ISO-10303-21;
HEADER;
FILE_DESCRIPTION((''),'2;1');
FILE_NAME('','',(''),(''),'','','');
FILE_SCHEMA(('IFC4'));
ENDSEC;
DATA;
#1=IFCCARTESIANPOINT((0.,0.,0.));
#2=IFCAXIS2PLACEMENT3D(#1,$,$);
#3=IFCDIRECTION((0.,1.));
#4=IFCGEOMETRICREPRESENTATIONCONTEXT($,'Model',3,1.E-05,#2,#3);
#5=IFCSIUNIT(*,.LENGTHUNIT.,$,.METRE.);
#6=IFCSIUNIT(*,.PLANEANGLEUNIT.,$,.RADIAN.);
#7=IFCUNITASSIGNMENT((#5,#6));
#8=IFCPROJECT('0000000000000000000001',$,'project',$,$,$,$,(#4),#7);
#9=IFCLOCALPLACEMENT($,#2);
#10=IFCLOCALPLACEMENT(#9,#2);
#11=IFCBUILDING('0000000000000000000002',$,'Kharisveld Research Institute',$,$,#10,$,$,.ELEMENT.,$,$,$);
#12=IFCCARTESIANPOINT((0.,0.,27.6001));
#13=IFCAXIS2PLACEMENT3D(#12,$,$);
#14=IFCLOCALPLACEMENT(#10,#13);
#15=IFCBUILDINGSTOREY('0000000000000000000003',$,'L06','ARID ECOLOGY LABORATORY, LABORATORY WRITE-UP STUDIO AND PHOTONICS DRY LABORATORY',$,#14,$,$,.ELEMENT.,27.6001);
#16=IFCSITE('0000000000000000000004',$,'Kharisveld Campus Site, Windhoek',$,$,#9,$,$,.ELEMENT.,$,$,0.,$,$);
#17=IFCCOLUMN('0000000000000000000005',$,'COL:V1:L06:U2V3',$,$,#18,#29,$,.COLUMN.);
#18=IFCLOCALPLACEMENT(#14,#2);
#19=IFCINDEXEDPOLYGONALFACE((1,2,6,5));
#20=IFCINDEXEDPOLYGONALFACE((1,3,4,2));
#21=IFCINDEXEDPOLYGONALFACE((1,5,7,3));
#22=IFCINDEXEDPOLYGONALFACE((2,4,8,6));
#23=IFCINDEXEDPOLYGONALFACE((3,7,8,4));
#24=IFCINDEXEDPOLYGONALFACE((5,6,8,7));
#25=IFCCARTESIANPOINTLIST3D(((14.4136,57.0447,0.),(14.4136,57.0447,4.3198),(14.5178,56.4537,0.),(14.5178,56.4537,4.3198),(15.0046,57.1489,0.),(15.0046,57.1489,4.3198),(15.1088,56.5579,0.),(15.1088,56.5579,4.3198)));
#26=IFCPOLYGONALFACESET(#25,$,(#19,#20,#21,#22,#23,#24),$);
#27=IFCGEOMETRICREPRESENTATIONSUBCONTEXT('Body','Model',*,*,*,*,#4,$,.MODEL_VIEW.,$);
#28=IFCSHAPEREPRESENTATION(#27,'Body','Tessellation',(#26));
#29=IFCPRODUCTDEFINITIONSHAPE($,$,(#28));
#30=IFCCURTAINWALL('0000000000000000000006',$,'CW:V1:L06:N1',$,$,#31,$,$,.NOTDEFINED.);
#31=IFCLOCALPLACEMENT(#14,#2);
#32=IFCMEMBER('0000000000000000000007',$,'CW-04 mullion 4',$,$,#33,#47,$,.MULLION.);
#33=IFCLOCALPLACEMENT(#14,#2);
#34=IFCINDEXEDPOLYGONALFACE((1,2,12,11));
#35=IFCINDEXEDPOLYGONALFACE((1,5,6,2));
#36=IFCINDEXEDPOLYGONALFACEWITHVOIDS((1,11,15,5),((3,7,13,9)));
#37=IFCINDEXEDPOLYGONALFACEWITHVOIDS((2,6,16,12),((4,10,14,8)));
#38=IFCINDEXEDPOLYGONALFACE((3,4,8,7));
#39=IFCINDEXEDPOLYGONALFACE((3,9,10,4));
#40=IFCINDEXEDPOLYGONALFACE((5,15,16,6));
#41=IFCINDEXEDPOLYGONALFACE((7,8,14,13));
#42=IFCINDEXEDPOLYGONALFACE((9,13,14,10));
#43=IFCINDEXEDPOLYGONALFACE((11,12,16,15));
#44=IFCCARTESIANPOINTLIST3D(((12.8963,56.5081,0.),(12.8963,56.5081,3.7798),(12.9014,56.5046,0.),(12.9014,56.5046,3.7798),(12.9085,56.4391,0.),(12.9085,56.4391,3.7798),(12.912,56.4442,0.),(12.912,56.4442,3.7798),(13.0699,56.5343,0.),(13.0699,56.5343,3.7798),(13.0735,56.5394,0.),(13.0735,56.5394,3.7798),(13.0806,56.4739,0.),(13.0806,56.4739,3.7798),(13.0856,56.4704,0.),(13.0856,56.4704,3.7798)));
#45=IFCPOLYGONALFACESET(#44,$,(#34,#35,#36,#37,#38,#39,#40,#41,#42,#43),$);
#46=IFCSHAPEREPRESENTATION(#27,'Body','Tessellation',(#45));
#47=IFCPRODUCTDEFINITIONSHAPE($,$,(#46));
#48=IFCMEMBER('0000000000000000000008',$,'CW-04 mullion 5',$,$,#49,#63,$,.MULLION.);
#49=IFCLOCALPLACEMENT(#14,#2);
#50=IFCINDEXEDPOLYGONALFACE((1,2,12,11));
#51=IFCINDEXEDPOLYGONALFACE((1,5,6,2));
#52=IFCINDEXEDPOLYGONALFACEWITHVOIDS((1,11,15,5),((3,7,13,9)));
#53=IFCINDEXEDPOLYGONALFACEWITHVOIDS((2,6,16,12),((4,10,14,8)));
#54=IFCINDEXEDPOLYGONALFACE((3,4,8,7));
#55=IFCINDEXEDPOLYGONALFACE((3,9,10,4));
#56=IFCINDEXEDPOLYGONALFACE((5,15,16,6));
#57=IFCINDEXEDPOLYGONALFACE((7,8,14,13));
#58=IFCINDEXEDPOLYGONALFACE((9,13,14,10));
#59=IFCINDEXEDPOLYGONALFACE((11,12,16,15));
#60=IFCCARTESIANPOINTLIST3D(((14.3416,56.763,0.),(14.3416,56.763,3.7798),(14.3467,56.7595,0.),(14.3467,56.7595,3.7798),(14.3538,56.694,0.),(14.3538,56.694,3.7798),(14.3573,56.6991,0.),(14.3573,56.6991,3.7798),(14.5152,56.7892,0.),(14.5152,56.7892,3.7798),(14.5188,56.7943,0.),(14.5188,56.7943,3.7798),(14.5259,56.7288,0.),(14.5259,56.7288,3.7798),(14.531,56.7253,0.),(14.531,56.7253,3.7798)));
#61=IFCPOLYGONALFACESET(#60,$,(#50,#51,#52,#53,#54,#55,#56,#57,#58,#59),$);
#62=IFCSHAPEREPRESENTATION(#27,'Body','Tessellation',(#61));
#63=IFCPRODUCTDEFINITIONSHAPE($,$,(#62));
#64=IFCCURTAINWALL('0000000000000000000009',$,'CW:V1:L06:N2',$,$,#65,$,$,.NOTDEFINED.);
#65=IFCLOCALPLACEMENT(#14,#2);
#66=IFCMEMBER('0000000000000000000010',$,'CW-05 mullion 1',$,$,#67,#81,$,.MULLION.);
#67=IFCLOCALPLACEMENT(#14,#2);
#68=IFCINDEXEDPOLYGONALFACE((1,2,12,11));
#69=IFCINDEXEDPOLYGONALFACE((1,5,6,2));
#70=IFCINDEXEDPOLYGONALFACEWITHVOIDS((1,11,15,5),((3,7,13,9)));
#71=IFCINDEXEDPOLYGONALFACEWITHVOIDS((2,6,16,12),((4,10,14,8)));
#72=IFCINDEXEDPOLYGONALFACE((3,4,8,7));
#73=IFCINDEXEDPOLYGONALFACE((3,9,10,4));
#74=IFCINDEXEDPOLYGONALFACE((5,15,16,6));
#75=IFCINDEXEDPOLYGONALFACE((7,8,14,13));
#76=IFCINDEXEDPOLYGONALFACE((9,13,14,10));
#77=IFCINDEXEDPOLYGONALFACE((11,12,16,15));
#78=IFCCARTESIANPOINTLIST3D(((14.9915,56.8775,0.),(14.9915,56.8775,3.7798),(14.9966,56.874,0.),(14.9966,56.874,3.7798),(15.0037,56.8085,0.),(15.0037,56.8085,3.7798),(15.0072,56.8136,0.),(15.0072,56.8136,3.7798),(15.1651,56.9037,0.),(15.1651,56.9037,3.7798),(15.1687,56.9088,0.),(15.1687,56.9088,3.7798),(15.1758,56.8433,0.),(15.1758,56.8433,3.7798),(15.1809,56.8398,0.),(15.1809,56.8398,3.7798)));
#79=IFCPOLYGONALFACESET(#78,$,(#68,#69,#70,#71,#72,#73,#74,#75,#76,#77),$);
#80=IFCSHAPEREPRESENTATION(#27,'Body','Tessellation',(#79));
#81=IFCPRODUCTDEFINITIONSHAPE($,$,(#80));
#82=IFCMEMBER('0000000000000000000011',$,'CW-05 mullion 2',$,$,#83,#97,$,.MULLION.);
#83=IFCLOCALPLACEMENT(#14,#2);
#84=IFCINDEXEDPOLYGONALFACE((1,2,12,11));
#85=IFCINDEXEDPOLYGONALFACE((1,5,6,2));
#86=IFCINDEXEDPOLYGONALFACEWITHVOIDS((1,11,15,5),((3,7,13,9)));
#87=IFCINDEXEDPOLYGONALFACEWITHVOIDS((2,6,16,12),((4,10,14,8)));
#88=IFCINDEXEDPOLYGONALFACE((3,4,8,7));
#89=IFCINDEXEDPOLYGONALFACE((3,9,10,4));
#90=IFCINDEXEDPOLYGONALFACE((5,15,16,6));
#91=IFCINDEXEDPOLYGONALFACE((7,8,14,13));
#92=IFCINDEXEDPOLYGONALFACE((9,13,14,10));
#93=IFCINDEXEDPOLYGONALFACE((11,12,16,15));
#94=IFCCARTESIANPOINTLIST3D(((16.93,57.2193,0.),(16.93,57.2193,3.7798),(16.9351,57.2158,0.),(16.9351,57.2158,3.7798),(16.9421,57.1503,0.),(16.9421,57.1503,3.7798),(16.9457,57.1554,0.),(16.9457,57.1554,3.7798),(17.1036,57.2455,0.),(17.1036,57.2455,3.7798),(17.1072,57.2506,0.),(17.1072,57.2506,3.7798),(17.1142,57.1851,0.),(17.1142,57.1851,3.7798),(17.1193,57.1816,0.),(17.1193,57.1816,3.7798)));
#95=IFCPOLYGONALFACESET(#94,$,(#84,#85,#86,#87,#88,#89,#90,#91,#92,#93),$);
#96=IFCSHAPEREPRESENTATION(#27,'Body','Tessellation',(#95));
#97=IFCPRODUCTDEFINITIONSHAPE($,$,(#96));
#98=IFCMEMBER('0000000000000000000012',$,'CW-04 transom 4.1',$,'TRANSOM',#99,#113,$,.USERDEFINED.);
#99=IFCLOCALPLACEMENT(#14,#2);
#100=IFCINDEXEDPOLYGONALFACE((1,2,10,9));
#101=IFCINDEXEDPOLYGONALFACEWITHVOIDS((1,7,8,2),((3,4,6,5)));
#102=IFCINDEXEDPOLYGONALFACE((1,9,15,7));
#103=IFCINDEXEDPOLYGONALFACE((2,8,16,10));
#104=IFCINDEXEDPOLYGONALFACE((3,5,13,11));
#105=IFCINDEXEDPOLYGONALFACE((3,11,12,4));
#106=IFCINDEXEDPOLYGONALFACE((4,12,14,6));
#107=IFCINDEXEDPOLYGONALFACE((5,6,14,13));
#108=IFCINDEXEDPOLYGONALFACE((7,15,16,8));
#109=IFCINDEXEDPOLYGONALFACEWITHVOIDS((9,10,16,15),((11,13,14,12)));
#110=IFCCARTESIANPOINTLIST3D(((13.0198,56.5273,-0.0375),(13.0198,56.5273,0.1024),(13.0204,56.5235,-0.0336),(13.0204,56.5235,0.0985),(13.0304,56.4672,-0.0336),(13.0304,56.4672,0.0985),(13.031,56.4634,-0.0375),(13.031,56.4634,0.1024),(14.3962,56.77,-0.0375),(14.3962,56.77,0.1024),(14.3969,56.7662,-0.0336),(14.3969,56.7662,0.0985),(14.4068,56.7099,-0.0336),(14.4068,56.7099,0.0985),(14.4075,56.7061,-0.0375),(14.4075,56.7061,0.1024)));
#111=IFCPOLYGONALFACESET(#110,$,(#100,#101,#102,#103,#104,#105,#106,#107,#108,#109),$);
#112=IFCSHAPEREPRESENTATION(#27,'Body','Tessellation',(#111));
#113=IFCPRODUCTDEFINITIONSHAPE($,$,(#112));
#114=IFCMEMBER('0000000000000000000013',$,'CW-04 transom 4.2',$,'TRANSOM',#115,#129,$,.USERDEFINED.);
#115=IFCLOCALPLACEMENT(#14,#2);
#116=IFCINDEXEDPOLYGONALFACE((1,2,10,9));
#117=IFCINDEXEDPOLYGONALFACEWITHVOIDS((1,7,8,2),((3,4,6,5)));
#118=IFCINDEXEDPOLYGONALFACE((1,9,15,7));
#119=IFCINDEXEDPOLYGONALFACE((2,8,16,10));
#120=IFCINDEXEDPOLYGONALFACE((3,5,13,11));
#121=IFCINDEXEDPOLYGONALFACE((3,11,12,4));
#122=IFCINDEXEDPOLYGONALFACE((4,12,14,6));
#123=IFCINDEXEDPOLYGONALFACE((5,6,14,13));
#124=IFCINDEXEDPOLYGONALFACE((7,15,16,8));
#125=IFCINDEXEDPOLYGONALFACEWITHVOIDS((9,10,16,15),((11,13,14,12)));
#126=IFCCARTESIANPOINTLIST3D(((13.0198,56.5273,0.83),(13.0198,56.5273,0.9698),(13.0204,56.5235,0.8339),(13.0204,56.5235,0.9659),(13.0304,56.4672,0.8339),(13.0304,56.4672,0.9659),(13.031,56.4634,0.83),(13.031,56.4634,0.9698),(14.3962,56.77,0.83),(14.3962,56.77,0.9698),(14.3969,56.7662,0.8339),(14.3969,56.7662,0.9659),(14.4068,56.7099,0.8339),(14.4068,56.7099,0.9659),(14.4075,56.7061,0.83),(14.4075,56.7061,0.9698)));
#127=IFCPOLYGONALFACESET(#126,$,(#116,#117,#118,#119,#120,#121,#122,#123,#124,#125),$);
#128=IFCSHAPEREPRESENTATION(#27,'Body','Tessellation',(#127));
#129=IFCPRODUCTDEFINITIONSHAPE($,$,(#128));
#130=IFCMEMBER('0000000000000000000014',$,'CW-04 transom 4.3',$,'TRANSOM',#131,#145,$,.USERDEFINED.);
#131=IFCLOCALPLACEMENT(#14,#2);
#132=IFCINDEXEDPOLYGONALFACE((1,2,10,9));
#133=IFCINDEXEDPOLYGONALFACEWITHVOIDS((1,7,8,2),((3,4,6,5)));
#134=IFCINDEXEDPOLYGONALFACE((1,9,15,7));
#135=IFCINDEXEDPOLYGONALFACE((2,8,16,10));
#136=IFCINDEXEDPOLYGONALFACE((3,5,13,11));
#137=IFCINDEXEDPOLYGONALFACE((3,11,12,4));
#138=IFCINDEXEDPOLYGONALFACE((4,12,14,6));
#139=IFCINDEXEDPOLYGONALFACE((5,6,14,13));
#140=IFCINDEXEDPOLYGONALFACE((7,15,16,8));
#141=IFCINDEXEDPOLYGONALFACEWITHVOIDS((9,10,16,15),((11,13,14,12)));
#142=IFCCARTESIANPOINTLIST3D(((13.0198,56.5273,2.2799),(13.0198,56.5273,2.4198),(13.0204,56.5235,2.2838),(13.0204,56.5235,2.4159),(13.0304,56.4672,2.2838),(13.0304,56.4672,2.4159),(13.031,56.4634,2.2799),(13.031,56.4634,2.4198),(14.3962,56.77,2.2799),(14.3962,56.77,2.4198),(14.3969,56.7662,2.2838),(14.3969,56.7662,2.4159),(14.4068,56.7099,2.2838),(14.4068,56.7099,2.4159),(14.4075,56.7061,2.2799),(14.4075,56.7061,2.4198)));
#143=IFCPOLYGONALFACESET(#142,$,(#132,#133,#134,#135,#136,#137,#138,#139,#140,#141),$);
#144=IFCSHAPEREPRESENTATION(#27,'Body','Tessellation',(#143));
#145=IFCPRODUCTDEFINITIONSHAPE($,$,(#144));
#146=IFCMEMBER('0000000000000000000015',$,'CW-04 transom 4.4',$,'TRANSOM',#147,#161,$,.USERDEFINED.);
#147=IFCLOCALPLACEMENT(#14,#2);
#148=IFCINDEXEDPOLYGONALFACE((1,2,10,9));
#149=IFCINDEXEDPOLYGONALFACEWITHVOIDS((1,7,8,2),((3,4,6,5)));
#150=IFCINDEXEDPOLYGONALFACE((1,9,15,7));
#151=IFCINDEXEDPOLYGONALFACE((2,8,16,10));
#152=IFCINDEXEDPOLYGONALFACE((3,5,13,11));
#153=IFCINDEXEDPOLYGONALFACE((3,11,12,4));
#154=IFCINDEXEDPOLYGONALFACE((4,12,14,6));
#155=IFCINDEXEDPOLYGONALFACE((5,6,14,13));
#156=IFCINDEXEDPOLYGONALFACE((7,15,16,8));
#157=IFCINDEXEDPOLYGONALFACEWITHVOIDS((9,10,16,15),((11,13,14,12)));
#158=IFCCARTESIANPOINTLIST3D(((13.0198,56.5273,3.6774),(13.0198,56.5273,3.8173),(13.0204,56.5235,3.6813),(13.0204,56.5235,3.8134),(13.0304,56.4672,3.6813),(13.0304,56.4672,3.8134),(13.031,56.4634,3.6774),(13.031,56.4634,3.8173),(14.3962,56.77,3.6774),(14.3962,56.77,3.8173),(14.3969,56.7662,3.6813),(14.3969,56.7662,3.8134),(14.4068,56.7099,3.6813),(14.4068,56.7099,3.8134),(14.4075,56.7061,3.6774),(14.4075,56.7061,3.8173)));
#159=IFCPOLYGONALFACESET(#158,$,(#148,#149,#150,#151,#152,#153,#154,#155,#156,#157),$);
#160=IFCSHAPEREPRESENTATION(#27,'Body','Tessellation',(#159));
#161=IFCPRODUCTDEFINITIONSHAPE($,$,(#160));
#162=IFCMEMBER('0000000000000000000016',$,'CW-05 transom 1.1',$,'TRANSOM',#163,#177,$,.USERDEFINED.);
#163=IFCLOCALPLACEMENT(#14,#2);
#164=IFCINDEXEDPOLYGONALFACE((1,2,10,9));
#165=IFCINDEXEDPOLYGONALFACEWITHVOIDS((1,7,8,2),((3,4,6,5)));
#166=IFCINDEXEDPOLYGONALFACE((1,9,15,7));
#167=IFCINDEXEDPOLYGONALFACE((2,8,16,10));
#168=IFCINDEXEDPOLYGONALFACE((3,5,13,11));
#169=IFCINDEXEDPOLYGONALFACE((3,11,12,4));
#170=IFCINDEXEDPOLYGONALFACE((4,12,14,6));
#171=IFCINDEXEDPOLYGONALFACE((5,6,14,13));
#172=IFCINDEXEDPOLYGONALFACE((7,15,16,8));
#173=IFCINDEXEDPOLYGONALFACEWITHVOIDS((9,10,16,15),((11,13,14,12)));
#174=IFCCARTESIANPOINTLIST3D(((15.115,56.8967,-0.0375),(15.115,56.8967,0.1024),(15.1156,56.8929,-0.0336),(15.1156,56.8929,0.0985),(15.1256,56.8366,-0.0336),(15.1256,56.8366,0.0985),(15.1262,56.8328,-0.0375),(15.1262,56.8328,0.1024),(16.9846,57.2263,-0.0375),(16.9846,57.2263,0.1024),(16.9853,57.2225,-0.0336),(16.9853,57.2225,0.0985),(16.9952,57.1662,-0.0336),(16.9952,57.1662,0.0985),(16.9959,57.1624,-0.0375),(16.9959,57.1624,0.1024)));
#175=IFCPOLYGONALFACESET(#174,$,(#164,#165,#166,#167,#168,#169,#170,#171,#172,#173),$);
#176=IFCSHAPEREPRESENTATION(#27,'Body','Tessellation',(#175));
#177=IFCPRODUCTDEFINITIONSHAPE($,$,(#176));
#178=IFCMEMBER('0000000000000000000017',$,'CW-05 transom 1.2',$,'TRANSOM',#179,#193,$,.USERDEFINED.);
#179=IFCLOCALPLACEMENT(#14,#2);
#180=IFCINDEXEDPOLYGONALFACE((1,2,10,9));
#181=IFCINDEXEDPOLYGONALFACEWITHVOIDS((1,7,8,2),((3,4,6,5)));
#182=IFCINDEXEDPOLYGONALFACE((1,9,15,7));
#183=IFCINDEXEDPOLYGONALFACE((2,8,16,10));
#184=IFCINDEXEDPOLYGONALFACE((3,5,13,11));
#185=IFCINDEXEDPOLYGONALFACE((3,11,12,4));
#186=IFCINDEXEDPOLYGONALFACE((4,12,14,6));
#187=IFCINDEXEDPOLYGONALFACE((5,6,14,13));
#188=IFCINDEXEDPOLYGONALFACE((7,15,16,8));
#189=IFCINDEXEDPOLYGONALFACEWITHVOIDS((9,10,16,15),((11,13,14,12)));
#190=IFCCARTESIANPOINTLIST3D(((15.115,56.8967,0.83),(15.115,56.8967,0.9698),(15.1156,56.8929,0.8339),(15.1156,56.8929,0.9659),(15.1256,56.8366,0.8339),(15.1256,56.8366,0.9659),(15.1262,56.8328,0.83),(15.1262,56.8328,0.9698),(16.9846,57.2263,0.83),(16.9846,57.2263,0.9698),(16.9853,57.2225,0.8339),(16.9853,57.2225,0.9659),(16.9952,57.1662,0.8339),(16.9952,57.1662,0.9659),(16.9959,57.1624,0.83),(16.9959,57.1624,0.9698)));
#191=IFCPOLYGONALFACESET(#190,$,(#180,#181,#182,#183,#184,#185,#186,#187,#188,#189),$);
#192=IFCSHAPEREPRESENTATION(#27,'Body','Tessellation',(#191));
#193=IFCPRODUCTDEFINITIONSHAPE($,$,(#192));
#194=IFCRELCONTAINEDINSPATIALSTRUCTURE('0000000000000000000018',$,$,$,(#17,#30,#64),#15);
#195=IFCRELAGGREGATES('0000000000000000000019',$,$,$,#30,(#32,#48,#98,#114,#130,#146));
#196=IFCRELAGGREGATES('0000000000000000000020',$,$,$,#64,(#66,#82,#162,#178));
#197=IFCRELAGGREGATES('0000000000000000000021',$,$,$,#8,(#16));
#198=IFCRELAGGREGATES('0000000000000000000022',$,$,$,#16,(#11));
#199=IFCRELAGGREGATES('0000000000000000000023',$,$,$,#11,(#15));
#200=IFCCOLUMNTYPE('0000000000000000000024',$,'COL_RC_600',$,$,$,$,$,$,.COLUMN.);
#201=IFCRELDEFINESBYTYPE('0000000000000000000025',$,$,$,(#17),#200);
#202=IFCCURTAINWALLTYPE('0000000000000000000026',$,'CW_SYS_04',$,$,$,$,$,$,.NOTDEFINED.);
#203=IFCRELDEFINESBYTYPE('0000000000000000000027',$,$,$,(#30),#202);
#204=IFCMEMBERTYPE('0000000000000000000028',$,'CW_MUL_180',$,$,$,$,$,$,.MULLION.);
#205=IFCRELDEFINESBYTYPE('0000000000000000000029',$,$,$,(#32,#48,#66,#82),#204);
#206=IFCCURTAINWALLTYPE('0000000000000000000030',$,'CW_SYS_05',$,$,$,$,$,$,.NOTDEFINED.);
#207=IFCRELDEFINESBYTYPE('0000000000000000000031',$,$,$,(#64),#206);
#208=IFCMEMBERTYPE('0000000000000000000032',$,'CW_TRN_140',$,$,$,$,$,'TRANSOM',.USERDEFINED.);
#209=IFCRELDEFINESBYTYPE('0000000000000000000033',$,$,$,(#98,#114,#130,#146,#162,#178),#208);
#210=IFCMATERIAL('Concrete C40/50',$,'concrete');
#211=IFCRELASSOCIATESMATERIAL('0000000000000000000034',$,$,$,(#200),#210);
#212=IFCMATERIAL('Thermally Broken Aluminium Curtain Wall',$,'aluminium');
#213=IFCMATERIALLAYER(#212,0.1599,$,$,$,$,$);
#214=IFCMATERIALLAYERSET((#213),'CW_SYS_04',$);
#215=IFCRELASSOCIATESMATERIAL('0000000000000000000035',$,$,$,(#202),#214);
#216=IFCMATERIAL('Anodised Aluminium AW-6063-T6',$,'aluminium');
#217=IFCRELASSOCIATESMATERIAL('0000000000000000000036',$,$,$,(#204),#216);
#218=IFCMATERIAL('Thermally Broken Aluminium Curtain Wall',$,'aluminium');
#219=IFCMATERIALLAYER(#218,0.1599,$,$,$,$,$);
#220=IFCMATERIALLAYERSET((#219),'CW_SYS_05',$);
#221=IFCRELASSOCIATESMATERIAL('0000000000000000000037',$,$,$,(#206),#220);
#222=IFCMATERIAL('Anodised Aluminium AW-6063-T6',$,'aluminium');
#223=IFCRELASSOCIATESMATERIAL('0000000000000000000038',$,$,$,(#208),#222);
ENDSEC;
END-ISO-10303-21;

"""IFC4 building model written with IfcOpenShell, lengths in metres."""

from ifc_helpers import new_model, si_unit, direction, frame, origin, origin_2d, place, context, subcontext, project, spatial, rectangle, hollow_rectangle, extrude, material, layer, layer_set, material_profile, profile_set, type_object, element, aggregate, save


model = new_model("IFC4")

# Units and contexts
model_context = context("Model", 3, precision=1e-05, world=origin(), true_north=direction((0.0, 1.0)))
body_context = subcontext(model_context, "Body", "Model", "MODEL_VIEW")
ifc_project = project(units=[si_unit("LENGTHUNIT", "METRE"), si_unit("PLANEANGLEUNIT", "RADIAN")], contexts=[model_context])

# Site, building, storey
site_placement = place(None, origin())
site = spatial("IfcSite", under=ifc_project, at=site_placement, Name="Kharisveld Campus Site, Windhoek", CompositionType="ELEMENT", RefElevation=0.0)
building_placement = place(site_placement, origin())
building = spatial("IfcBuilding", under=site, at=building_placement, Name="Kharisveld Research Institute", CompositionType="ELEMENT")
storey_placement = place(building_placement, frame((0.0, 0.0, 27.6001)))
storey = spatial("IfcBuildingStorey", under=building, at=storey_placement, Name="L06", Description="ARID ECOLOGY LABORATORY, LABORATORY WRITE-UP STUDIO AND PHOTONICS DRY LABORATORY", CompositionType="ELEMENT", Elevation=27.6001)

# Column
ifc_material_1 = material(Name="Concrete C40/50", Category="concrete")
ifc_material_profile_1 = material_profile(ifc_material_1, rectangle(XDim=0.6001, YDim=0.6001, at=origin_2d()))
ifc_profile_set_1 = profile_set([ifc_material_profile_1], Name="Concrete C40/50")
column_type = type_object("IfcColumnType", Name="COL_RC_600", PredefinedType="COLUMN", material=ifc_profile_set_1)
column_placement = place(storey_placement, frame((14.7612, 56.8013, 0.0), z_axis=(0.0, 0.0, 1.0), x_axis=(0.984808, 0.173648, 0.0)))
element("IfcColumn", 1, at=column_placement, inside=storey, type_object=column_type, Name="COL:V1:L06:U2V3", PredefinedType="COLUMN", context=body_context, shape_type="SweptSolid", body=[
    extrude(rectangle(XDim=0.6001, YDim=0.6001, at=origin_2d()), origin(), (0.0, 0.0, 1.0), 4.3198),
])

# Curtain walls, members
ifc_material_2 = material(Name="Thermally Broken Aluminium Curtain Wall", Category="aluminium")
ifc_layer_1 = layer(ifc_material_2, 0.1599)
ifc_layer_set_1 = layer_set([ifc_layer_1], Name="CW_SYS_04")
curtain_wall_type_1 = type_object("IfcCurtainWallType", Name="CW_SYS_04", PredefinedType="NOTDEFINED", material=ifc_layer_set_1)
curtain_wall_1_placement = place(storey_placement, origin())
curtain_wall_1 = element("IfcCurtainWall", 2, at=curtain_wall_1_placement, inside=storey, type_object=curtain_wall_type_1, Name="CW:V1:L06:N1", PredefinedType="NOTDEFINED")
ifc_material_3 = material(Name="Anodised Aluminium AW-6063-T6", Category="aluminium")
ifc_material_profile_2 = material_profile(ifc_material_3, hollow_rectangle(XDim=0.0701, YDim=0.1799, WallThickness=0.0044, at=origin_2d()))
ifc_profile_set_2 = profile_set([ifc_material_profile_2], Name="Anodised Aluminium AW-6063-T6")
member_type_1 = type_object("IfcMemberType", Name="CW_MUL_180", PredefinedType="MULLION", material=ifc_profile_set_2)
member_1_placement = place(storey_placement, frame((12.991, 56.4893, 0.0), z_axis=(0.0, 0.0, 1.0), x_axis=(-0.173648, 0.984808, 0.0)))
member_1 = element("IfcMember", 3, at=member_1_placement, type_object=member_type_1, Name="CW-04 mullion 4", PredefinedType="MULLION", context=body_context, shape_type="SweptSolid", body=[
    extrude(hollow_rectangle(XDim=0.0701, YDim=0.1799, WallThickness=0.0044, at=origin_2d()), origin(), (0.0, 0.0, 1.0), 3.7798),
])
member_2_placement = place(storey_placement, frame((14.4363, 56.7441, 0.0), z_axis=(0.0, 0.0, 1.0), x_axis=(-0.173648, 0.984808, 0.0)))
member_2 = element("IfcMember", 4, at=member_2_placement, type_object=member_type_1, Name="CW-04 mullion 5", PredefinedType="MULLION", context=body_context, shape_type="SweptSolid", body=[
    extrude(hollow_rectangle(XDim=0.0701, YDim=0.1799, WallThickness=0.0044, at=origin_2d()), origin(), (0.0, 0.0, 1.0), 3.7798),
])
ifc_material_4 = material(Name="Thermally Broken Aluminium Curtain Wall", Category="aluminium")
ifc_layer_2 = layer(ifc_material_4, 0.1599)
ifc_layer_set_2 = layer_set([ifc_layer_2], Name="CW_SYS_05")
curtain_wall_type_2 = type_object("IfcCurtainWallType", Name="CW_SYS_05", PredefinedType="NOTDEFINED", material=ifc_layer_set_2)
curtain_wall_2_placement = place(storey_placement, origin())
curtain_wall_2 = element("IfcCurtainWall", 5, at=curtain_wall_2_placement, inside=storey, type_object=curtain_wall_type_2, Name="CW:V1:L06:N2", PredefinedType="NOTDEFINED")
member_3_placement = place(storey_placement, frame((15.0862, 56.8586, 0.0), z_axis=(0.0, 0.0, 1.0), x_axis=(-0.173648, 0.984808, 0.0)))
member_3 = element("IfcMember", 6, at=member_3_placement, type_object=member_type_1, Name="CW-05 mullion 1", PredefinedType="MULLION", context=body_context, shape_type="SweptSolid", body=[
    extrude(hollow_rectangle(XDim=0.0701, YDim=0.1799, WallThickness=0.0044, at=origin_2d()), origin(), (0.0, 0.0, 1.0), 3.7798),
])
member_4_placement = place(storey_placement, frame((17.0247, 57.2004, 0.0), z_axis=(0.0, 0.0, 1.0), x_axis=(-0.173648, 0.984808, 0.0)))
member_4 = element("IfcMember", 7, at=member_4_placement, type_object=member_type_1, Name="CW-05 mullion 2", PredefinedType="MULLION", context=body_context, shape_type="SweptSolid", body=[
    extrude(hollow_rectangle(XDim=0.0701, YDim=0.1799, WallThickness=0.0044, at=origin_2d()), origin(), (0.0, 0.0, 1.0), 3.7798),
])

# Members
ifc_material_5 = material(Name="Anodised Aluminium AW-6063-T6", Category="aluminium")
ifc_material_profile_3 = material_profile(ifc_material_5, hollow_rectangle(XDim=0.0649, YDim=0.1399, WallThickness=0.0039, at=origin_2d()))
ifc_profile_set_3 = profile_set([ifc_material_profile_3], Name="Anodised Aluminium AW-6063-T6")
member_type_2 = type_object("IfcMemberType", Name="CW_TRN_140", ElementType="TRANSOM", PredefinedType="USERDEFINED", material=ifc_profile_set_3)
member_5_placement = place(storey_placement, frame((13.0254, 56.4954, 0.0325), z_axis=(0.984812, 0.173626, 0.0), x_axis=(-0.173626, 0.984812, 0.0)))
member_5 = element("IfcMember", 8, at=member_5_placement, type_object=member_type_2, Name="CW-04 transom 4.1", ObjectType="TRANSOM", PredefinedType="USERDEFINED", context=body_context, shape_type="SweptSolid", body=[
    extrude(hollow_rectangle(XDim=0.0649, YDim=0.1399, WallThickness=0.0039, at=origin_2d()), origin(), (0.0, 0.0, 1.0), 1.3977),
])
member_6_placement = place(storey_placement, frame((13.0254, 56.4954, 0.8999), z_axis=(0.984812, 0.173626, 0.0), x_axis=(-0.173626, 0.984812, 0.0)))
member_6 = element("IfcMember", 9, at=member_6_placement, type_object=member_type_2, Name="CW-04 transom 4.2", ObjectType="TRANSOM", PredefinedType="USERDEFINED", context=body_context, shape_type="SweptSolid", body=[
    extrude(hollow_rectangle(XDim=0.0649, YDim=0.1399, WallThickness=0.0039, at=origin_2d()), origin(), (0.0, 0.0, 1.0), 1.3977),
])
member_7_placement = place(storey_placement, frame((13.0254, 56.4954, 2.3499), z_axis=(0.984812, 0.173626, 0.0), x_axis=(-0.173626, 0.984812, 0.0)))
member_7 = element("IfcMember", 10, at=member_7_placement, type_object=member_type_2, Name="CW-04 transom 4.3", ObjectType="TRANSOM", PredefinedType="USERDEFINED", context=body_context, shape_type="SweptSolid", body=[
    extrude(hollow_rectangle(XDim=0.0649, YDim=0.1399, WallThickness=0.0039, at=origin_2d()), origin(), (0.0, 0.0, 1.0), 1.3977),
])
member_8_placement = place(storey_placement, frame((13.0254, 56.4954, 3.7473), z_axis=(0.984812, 0.173626, 0.0), x_axis=(-0.173626, 0.984812, 0.0)))
member_8 = element("IfcMember", 11, at=member_8_placement, type_object=member_type_2, Name="CW-04 transom 4.4", ObjectType="TRANSOM", PredefinedType="USERDEFINED", context=body_context, shape_type="SweptSolid", body=[
    extrude(hollow_rectangle(XDim=0.0649, YDim=0.1399, WallThickness=0.0039, at=origin_2d()), origin(), (0.0, 0.0, 1.0), 1.3977),
])
member_9_placement = place(storey_placement, frame((15.1206, 56.8647, 0.0325), z_axis=(0.984815, 0.173609, 0.0), x_axis=(-0.173609, 0.984815, 0.0)))
member_9 = element("IfcMember", 12, at=member_9_placement, type_object=member_type_2, Name="CW-05 transom 1.1", ObjectType="TRANSOM", PredefinedType="USERDEFINED", context=body_context, shape_type="SweptSolid", body=[
    extrude(hollow_rectangle(XDim=0.0649, YDim=0.1399, WallThickness=0.0039, at=origin_2d()), origin(), (0.0, 0.0, 1.0), 1.8984),
])
member_10_placement = place(storey_placement, frame((15.1206, 56.8647, 0.8999), z_axis=(0.984815, 0.173609, 0.0), x_axis=(-0.173609, 0.984815, 0.0)))
member_10 = element("IfcMember", 13, at=member_10_placement, type_object=member_type_2, Name="CW-05 transom 1.2", ObjectType="TRANSOM", PredefinedType="USERDEFINED", context=body_context, shape_type="SweptSolid", body=[
    extrude(hollow_rectangle(XDim=0.0649, YDim=0.1399, WallThickness=0.0039, at=origin_2d()), origin(), (0.0, 0.0, 1.0), 1.8984),
])

aggregate(curtain_wall_1, [member_1, member_2, member_5, member_6, member_7, member_8])
aggregate(curtain_wall_2, [member_3, member_4, member_9, member_10])

save(model, "model.ifc")
